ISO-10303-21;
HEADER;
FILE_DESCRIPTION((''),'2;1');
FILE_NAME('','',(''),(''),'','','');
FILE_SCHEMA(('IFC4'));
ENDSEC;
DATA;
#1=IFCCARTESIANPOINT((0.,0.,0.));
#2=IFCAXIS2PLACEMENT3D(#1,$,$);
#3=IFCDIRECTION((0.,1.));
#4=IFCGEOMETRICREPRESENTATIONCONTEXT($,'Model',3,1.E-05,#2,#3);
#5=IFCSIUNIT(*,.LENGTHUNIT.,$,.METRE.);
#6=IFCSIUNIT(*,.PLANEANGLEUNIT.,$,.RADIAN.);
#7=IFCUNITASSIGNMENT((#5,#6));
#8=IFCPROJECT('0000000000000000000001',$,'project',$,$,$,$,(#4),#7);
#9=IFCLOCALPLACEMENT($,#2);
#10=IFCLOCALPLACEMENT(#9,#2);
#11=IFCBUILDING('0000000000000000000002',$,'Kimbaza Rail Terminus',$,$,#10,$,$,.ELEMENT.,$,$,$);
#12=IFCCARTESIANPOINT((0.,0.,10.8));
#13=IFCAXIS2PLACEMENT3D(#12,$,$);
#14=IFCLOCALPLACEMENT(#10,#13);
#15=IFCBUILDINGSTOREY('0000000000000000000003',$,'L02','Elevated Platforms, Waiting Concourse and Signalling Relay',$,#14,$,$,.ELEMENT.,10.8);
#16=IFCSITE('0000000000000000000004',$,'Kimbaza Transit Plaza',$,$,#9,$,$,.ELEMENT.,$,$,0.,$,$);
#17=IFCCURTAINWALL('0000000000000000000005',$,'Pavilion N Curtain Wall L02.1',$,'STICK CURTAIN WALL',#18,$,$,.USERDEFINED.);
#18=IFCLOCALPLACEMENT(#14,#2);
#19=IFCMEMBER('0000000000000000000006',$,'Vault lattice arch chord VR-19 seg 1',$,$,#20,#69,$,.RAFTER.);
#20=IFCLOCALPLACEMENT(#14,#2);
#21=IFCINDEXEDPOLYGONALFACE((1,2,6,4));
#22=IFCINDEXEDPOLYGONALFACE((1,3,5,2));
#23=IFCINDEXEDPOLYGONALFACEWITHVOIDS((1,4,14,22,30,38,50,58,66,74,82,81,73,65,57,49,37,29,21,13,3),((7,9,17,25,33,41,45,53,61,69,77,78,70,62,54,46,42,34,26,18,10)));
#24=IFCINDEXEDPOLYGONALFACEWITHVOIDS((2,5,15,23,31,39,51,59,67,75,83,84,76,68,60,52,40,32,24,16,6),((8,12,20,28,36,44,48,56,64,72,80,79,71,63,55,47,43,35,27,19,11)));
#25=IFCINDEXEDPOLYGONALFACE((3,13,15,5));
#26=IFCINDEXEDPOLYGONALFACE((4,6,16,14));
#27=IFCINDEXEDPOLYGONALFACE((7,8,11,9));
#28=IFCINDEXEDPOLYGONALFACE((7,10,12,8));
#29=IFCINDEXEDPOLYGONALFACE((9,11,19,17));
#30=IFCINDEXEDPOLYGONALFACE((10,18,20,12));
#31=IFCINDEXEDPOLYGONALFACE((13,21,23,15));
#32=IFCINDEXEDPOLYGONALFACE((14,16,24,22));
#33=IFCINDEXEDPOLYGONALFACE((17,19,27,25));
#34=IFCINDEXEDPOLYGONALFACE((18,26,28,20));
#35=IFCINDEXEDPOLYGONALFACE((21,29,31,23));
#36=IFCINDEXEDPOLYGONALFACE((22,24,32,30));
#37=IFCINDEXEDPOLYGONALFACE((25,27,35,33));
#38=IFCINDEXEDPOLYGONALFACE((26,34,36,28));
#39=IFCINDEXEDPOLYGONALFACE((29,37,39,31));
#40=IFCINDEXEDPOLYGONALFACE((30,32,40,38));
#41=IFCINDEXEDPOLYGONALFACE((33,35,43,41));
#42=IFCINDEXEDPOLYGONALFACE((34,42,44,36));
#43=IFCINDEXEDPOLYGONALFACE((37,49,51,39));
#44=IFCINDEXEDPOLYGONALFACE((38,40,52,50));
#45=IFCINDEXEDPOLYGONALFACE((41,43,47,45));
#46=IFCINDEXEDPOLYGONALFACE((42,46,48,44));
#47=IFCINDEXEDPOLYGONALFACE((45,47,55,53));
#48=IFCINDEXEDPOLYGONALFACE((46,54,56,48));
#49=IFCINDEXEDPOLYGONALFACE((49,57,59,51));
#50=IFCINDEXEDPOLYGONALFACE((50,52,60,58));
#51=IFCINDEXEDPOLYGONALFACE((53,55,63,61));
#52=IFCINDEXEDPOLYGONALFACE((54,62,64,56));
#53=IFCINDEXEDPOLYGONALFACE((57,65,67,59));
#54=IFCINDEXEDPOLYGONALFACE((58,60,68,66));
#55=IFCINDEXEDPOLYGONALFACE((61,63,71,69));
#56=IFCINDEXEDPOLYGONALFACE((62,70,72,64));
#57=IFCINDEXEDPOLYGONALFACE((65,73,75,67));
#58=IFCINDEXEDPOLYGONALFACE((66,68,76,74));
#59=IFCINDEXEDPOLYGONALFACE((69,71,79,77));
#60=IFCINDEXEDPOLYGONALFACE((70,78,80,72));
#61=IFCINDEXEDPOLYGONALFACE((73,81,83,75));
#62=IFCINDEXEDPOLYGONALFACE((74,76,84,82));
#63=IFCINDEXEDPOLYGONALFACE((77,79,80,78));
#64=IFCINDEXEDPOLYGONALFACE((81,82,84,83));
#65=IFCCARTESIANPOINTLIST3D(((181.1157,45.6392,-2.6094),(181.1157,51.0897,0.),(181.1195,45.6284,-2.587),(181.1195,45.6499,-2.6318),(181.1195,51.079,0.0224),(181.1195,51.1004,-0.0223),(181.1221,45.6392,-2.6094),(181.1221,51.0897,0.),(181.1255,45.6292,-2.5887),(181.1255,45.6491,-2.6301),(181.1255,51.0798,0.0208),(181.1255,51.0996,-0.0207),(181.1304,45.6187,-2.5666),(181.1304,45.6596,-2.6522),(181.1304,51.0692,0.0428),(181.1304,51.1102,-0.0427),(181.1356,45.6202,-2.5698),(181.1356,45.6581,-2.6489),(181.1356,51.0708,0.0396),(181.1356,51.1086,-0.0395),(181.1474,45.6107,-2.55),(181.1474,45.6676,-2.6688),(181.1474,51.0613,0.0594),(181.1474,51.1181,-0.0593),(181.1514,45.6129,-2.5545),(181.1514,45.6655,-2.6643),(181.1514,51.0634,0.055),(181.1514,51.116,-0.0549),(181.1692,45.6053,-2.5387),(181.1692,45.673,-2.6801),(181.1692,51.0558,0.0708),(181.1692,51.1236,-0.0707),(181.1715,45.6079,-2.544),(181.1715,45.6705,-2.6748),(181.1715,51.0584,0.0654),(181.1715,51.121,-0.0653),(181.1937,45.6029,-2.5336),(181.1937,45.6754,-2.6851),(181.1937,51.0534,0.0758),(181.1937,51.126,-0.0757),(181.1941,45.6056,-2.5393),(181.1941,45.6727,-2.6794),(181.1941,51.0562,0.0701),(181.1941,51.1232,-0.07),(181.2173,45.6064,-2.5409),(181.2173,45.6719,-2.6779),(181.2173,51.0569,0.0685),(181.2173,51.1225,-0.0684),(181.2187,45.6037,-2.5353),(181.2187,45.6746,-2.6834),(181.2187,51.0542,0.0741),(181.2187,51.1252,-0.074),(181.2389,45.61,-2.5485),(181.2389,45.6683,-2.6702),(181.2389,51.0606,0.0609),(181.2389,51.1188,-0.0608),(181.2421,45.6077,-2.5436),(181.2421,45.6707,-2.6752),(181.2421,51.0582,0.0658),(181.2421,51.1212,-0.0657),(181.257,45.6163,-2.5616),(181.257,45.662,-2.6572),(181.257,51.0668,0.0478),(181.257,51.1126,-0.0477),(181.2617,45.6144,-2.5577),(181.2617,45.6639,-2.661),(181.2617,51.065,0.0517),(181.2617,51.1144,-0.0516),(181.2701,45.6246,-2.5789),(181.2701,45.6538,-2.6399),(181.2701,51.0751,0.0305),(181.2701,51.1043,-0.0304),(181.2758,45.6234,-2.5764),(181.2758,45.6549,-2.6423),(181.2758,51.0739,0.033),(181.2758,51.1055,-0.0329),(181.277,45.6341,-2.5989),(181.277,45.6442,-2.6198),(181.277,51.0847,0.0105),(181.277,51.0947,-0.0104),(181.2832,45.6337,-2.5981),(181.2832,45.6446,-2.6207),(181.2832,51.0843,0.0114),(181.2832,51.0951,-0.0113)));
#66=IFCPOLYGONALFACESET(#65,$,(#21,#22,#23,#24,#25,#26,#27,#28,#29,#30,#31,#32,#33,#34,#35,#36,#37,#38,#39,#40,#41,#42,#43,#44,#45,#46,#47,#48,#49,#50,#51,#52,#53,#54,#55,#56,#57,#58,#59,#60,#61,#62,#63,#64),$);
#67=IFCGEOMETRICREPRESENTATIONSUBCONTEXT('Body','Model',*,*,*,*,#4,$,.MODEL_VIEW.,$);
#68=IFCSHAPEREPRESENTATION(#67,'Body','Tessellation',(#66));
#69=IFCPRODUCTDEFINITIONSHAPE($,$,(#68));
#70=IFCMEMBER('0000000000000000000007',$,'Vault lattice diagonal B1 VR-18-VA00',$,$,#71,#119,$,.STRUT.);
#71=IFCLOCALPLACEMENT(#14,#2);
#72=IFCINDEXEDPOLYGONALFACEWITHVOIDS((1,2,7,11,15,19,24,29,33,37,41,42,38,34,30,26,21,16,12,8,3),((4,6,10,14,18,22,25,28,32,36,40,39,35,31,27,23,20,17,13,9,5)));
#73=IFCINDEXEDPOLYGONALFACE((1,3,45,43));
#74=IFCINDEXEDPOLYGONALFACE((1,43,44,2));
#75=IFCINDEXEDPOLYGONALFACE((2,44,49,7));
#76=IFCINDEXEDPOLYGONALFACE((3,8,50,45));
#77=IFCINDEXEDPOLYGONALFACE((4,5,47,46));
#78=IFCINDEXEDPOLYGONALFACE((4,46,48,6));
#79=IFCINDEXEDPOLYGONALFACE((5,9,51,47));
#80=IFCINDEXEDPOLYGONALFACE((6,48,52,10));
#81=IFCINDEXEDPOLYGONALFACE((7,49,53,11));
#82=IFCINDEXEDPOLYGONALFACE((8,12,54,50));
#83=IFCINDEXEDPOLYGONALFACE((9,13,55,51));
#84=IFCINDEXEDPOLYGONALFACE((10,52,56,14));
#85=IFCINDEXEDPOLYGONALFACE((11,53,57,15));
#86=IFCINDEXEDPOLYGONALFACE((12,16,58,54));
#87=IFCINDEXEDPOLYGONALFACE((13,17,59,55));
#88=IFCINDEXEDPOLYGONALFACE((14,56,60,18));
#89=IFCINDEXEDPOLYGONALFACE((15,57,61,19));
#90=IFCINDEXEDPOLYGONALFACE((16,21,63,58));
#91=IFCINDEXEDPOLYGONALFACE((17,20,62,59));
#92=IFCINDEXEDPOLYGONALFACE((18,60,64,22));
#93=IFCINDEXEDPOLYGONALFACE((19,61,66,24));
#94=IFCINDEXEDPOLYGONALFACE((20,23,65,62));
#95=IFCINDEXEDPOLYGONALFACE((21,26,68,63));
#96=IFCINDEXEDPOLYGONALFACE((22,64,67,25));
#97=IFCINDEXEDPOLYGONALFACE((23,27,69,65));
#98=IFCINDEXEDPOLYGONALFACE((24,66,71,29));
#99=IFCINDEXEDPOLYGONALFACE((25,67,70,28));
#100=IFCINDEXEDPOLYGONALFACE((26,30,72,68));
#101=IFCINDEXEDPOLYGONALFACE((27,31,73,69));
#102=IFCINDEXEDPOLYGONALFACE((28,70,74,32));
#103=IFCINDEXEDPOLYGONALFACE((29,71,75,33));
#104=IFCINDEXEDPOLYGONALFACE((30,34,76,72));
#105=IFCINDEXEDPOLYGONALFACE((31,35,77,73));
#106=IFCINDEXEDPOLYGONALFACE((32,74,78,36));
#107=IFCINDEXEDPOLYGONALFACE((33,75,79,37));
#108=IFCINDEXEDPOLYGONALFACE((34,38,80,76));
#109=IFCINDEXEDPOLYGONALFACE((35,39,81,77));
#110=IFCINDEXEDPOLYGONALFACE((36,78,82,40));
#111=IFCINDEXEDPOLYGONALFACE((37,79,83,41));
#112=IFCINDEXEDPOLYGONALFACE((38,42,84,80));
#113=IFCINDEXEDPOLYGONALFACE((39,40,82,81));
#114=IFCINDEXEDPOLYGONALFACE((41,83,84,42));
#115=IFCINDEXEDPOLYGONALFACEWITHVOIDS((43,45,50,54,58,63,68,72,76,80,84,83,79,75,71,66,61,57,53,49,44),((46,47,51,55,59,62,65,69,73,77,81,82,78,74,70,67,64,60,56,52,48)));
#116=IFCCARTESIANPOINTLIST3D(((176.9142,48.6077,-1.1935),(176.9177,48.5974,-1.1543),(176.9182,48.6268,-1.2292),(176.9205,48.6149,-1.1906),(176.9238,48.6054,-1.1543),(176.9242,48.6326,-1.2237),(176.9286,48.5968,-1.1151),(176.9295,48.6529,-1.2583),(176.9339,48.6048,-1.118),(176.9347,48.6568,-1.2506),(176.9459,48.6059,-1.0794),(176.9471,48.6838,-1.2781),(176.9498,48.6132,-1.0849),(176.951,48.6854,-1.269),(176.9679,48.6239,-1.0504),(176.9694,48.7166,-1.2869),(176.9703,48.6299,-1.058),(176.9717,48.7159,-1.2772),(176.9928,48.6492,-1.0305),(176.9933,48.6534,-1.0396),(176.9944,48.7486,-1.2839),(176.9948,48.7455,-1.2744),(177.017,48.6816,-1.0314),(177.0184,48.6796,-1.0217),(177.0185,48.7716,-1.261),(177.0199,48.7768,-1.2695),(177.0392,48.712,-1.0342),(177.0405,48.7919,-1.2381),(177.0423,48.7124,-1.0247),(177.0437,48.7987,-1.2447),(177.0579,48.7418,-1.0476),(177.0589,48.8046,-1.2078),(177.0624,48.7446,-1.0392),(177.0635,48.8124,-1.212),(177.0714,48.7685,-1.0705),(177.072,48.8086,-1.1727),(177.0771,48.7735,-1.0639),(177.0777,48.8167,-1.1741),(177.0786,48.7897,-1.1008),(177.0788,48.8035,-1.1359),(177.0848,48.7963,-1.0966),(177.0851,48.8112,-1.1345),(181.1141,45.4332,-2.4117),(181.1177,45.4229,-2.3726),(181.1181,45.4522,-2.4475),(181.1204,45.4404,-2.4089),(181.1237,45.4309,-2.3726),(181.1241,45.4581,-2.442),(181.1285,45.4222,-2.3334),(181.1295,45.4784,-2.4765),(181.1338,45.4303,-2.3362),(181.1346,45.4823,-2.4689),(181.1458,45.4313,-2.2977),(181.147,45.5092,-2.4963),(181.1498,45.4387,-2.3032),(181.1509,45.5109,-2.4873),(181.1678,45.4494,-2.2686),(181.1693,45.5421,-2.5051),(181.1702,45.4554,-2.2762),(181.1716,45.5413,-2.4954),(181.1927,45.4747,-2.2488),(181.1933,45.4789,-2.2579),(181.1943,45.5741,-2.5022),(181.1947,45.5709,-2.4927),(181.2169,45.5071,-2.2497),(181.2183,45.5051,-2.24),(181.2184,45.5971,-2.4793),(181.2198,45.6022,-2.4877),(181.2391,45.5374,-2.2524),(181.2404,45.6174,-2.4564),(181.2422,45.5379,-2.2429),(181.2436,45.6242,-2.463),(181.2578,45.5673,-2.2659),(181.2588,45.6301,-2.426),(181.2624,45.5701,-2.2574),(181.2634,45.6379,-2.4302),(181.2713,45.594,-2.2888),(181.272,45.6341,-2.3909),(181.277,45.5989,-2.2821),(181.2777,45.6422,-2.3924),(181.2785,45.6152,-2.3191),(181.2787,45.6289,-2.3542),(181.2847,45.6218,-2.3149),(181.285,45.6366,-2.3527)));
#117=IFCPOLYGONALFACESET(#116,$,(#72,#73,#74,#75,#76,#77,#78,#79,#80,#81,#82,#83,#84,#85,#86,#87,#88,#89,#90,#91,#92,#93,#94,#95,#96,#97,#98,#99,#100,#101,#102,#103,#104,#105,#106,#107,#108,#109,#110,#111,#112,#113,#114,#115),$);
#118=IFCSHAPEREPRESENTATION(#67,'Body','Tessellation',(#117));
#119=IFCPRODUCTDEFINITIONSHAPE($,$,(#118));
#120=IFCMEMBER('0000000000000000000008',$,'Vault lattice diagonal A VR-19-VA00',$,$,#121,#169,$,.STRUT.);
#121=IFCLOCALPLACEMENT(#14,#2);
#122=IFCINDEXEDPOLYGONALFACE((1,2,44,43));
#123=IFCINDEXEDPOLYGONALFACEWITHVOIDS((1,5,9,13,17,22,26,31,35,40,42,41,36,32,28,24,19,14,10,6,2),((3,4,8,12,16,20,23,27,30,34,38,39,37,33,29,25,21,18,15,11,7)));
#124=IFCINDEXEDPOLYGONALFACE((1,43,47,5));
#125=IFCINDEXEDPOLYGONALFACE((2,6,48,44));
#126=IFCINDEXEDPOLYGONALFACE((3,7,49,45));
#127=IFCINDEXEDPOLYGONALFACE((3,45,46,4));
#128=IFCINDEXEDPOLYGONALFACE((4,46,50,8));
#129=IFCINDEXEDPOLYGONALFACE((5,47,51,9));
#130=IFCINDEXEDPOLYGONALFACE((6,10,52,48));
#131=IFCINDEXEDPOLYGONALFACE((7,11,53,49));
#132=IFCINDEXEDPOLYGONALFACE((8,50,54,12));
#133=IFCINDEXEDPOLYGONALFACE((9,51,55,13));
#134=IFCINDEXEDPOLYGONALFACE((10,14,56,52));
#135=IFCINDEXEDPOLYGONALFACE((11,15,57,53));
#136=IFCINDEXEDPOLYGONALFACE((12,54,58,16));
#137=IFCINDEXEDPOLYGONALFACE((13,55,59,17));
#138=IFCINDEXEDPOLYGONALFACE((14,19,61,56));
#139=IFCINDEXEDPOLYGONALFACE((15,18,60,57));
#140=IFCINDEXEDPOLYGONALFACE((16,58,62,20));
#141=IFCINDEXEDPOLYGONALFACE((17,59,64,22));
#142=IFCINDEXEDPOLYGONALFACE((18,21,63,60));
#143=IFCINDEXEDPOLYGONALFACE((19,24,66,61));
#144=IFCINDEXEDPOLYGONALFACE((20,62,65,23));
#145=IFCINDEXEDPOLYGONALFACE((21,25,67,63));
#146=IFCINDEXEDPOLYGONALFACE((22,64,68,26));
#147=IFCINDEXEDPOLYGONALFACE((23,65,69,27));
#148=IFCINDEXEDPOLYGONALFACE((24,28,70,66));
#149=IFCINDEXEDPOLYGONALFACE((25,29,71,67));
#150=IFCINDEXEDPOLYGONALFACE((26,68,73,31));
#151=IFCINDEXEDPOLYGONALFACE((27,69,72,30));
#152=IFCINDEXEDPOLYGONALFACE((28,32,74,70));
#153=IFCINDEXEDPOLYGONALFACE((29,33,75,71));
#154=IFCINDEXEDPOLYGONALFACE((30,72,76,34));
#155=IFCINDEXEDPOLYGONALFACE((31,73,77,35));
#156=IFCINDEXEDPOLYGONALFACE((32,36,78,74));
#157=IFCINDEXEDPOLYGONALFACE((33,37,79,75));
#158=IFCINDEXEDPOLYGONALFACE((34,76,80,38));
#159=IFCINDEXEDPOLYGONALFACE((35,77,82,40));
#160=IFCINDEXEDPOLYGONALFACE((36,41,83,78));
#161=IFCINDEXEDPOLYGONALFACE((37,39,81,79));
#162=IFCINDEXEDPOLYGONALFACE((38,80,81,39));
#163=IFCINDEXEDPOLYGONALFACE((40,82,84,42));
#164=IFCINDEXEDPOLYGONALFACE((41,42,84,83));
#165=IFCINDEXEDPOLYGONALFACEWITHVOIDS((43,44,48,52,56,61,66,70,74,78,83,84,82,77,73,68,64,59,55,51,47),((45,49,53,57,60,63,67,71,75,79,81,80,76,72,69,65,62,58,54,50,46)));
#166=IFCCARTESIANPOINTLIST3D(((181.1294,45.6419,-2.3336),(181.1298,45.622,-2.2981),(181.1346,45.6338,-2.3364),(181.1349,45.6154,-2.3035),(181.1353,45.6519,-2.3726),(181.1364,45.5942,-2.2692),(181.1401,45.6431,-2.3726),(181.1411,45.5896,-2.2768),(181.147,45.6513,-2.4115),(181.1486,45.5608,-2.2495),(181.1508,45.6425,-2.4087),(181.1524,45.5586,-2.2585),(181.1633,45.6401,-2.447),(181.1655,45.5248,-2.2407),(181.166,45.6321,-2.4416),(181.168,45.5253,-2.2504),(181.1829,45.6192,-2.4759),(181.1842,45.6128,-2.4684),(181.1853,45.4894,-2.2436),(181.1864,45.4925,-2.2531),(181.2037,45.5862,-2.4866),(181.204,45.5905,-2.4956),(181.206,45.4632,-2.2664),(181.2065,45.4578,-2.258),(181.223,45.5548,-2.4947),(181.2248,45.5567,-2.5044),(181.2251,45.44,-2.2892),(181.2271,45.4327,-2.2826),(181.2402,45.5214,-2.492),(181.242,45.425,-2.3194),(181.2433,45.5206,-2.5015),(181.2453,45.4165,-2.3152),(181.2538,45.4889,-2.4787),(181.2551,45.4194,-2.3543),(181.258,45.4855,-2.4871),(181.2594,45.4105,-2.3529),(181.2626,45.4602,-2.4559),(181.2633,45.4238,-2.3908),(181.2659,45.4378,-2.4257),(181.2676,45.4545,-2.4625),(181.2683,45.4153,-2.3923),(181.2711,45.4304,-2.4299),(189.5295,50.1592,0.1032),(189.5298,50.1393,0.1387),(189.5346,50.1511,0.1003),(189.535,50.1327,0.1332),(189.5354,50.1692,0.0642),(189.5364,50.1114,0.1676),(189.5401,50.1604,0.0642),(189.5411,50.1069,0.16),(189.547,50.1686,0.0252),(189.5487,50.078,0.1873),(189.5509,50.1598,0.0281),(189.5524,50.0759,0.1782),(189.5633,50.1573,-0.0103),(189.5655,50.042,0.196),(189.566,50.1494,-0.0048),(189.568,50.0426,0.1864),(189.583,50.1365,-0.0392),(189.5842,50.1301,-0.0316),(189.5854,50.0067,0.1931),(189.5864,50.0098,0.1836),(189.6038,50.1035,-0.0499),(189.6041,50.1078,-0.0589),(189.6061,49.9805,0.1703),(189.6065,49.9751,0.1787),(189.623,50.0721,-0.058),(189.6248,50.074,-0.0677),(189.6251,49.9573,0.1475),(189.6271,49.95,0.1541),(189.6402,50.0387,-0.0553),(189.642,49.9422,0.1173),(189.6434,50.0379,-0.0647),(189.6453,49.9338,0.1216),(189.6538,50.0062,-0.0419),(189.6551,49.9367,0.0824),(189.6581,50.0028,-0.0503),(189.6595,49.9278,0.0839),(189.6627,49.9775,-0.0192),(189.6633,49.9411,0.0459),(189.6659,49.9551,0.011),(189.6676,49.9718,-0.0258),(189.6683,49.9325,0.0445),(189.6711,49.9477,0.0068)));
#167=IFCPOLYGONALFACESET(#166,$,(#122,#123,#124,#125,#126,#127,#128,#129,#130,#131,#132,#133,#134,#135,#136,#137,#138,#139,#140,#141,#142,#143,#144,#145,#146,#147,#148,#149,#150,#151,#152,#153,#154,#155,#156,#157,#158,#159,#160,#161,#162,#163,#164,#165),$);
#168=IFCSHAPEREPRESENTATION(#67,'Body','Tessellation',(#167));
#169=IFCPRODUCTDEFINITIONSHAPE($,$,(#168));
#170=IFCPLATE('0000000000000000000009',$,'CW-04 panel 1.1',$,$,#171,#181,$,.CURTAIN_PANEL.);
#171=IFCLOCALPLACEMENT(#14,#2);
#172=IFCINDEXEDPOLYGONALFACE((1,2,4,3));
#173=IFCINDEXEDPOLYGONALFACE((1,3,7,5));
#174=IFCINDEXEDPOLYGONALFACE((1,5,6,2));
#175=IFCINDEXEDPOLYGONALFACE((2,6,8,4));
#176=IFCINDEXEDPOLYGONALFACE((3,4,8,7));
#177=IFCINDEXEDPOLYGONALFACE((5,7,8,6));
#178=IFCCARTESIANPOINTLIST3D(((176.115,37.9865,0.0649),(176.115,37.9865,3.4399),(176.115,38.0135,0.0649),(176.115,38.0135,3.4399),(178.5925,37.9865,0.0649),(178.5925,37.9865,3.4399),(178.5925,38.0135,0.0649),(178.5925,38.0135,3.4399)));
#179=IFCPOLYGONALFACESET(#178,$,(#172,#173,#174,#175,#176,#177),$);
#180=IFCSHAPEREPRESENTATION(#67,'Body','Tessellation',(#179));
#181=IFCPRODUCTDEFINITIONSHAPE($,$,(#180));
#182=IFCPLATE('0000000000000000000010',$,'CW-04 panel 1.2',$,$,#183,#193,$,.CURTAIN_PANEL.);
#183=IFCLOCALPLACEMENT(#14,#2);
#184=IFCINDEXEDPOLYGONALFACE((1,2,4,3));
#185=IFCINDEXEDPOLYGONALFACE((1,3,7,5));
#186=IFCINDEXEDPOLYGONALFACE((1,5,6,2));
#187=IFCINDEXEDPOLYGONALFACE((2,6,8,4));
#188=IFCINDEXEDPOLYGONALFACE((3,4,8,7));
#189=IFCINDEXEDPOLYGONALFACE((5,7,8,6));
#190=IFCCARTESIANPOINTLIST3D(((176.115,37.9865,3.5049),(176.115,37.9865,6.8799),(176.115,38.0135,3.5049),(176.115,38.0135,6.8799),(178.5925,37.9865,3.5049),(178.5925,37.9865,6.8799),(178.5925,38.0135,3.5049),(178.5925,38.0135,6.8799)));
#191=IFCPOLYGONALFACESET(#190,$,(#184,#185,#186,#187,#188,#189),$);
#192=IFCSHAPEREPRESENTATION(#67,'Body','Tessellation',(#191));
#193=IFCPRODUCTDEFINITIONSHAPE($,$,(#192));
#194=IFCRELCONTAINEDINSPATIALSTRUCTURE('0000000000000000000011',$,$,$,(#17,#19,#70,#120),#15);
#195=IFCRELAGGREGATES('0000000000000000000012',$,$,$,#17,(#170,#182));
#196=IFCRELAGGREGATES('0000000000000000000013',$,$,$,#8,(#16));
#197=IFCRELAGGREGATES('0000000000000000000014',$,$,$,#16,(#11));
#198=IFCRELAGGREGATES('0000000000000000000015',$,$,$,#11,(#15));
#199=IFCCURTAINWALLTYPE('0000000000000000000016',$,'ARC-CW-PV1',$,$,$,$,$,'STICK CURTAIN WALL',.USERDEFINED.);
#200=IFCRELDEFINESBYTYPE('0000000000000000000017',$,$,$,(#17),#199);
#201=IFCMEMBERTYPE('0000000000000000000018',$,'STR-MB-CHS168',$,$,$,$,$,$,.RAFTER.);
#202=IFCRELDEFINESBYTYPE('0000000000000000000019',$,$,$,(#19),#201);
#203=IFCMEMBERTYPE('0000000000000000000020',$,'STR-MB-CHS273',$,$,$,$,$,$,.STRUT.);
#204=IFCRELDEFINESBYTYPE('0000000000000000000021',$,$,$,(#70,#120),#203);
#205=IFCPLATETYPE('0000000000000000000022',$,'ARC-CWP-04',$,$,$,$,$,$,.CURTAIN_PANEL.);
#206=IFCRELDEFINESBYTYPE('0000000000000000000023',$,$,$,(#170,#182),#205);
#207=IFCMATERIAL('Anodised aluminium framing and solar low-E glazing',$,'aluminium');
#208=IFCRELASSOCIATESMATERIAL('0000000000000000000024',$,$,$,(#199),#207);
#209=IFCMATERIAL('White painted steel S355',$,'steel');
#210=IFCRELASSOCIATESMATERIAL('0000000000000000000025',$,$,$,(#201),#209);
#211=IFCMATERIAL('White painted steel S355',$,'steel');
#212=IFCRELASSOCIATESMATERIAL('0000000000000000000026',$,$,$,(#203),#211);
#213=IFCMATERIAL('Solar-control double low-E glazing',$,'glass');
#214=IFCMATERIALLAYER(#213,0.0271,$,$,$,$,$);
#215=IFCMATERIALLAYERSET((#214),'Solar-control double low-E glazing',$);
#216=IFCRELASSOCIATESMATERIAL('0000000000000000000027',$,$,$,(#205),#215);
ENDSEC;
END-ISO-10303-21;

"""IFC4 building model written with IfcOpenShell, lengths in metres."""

from ifc_helpers import new_model, si_unit, direction, frame, origin, origin_2d, place, context, subcontext, project, spatial, rectangle, hollow_circle, extrude, material, layer, layer_set, material_profile, profile_set, type_object, element, aggregate, save


model = new_model("IFC4")

# Units and contexts
model_context = context("Model", 3, precision=1e-05, world=origin(), true_north=direction((0.0, 1.0)))
body_context = subcontext(model_context, "Body", "Model", "MODEL_VIEW")
ifc_project = project(units=[si_unit("LENGTHUNIT", "METRE"), si_unit("PLANEANGLEUNIT", "RADIAN")], contexts=[model_context])

# Site, building, storey
site_placement = place(None, origin())
site = spatial("IfcSite", under=ifc_project, at=site_placement, Name="Kimbaza Transit Plaza", CompositionType="ELEMENT", RefElevation=0.0)
building_placement = place(site_placement, origin())
building = spatial("IfcBuilding", under=site, at=building_placement, Name="Kimbaza Rail Terminus", CompositionType="ELEMENT")
storey_placement = place(building_placement, frame((0.0, 0.0, 10.8)))
storey = spatial("IfcBuildingStorey", under=building, at=storey_placement, Name="L02", Description="Elevated Platforms, Waiting Concourse and Signalling Relay", CompositionType="ELEMENT", Elevation=10.8)

# Curtain wall
ifc_material_1 = material(Name="Anodised aluminium framing and solar low-E glazing", Category="aluminium")
curtain_wall_type = type_object("IfcCurtainWallType", Name="ARC-CW-PV1", ElementType="STICK CURTAIN WALL", PredefinedType="USERDEFINED", material=ifc_material_1)
curtain_wall_placement = place(storey_placement, origin())
curtain_wall = element("IfcCurtainWall", 1, at=curtain_wall_placement, inside=storey, type_object=curtain_wall_type, Name="Pavilion N Curtain Wall L02.1", ObjectType="STICK CURTAIN WALL", PredefinedType="USERDEFINED")

# Members
ifc_material_2 = material(Name="White painted steel S355", Category="steel")
ifc_material_profile_1 = material_profile(ifc_material_2, hollow_circle(Radius=0.0842, WallThickness=0.0063, at=origin_2d()), Name="CHS 168.3x6.3")
ifc_profile_set_1 = profile_set([ifc_material_profile_1], Name="White painted steel S355")
member_type_1 = type_object("IfcMemberType", Name="STR-MB-CHS168", PredefinedType="RAFTER", material=ifc_profile_set_1)
member_1_placement = place(storey_placement, frame((181.2, 45.6392, -2.6094), z_axis=(0.0, 0.901964, 0.431811), x_axis=(-1.0, 0.0, 0.0)))
element("IfcMember", 2, at=member_1_placement, inside=storey, type_object=member_type_1, Name="Vault lattice arch chord VR-19 seg 1", PredefinedType="RAFTER", context=body_context, shape_type="SweptSolid", body=[
    extrude(hollow_circle(Radius=0.0842, WallThickness=0.0063, at=origin_2d()), origin(), (0.0, 0.0, 1.0), 6.043),
])
ifc_material_3 = material(Name="White painted steel S355", Category="steel")
ifc_material_profile_2 = material_profile(ifc_material_3, hollow_circle(Radius=0.1365, WallThickness=0.01, at=origin_2d()), Name="CHS 273x10")
ifc_profile_set_2 = profile_set([ifc_material_profile_2], Name="White painted steel S355")
member_type_2 = type_object("IfcMemberType", Name="STR-MB-CHS273", PredefinedType="STRUT", material=ifc_profile_set_2)
member_2_placement = place(storey_placement, frame((181.2, 45.5317, -2.3726), z_axis=(-0.777215, 0.587463, 0.225443), x_axis=(-0.602986, -0.797752, 0.0)))
element("IfcMember", 3, at=member_2_placement, inside=storey, type_object=member_type_2, Name="Vault lattice diagonal B1 VR-18-VA00", PredefinedType="STRUT", context=body_context, shape_type="SweptSolid", body=[
    extrude(hollow_circle(Radius=0.1365, WallThickness=0.01, at=origin_2d()), origin(), (0.0, 0.0, 1.0), 5.4038),
])
member_3_placement = place(storey_placement, frame((181.2, 45.5317, -2.3726), z_axis=(0.853317, 0.458887, 0.247535), x_axis=(-0.473627, 0.880726, 0.0)))
element("IfcMember", 4, at=member_3_placement, inside=storey, type_object=member_type_2, Name="Vault lattice diagonal A VR-19-VA00", PredefinedType="STRUT", context=body_context, shape_type="SweptSolid", body=[
    extrude(hollow_circle(Radius=0.1365, WallThickness=0.01, at=origin_2d()), origin(), (0.0, 0.0, 1.0), 9.844),
])

# Plates
ifc_material_4 = material(Name="Solar-control double low-E glazing", Category="glass")
ifc_layer_1 = layer(ifc_material_4, 0.0271)
ifc_layer_set_1 = layer_set([ifc_layer_1], Name="Solar-control double low-E glazing")
plate_type_1 = type_object("IfcPlateType", Name="ARC-CWP-04", PredefinedType="CURTAIN_PANEL", material=ifc_layer_set_1)
plate_1_placement = place(storey_placement, frame((177.3538, 38.0, 0.0649), z_axis=(0.0, 0.0, 1.0), x_axis=(1.0, 0.0, 0.0)))
plate_1 = element("IfcPlate", 5, at=plate_1_placement, type_object=plate_type_1, Name="CW-04 panel 1.1", PredefinedType="CURTAIN_PANEL", context=body_context, shape_type="SweptSolid", body=[
    extrude(rectangle(XDim=2.4775, YDim=0.0271, at=origin_2d()), origin(), (0.0, 0.0, 1.0), 3.375),
])
plate_2_placement = place(storey_placement, frame((177.3538, 38.0, 3.5049), z_axis=(0.0, 0.0, 1.0), x_axis=(1.0, 0.0, 0.0)))
plate_2 = element("IfcPlate", 6, at=plate_2_placement, type_object=plate_type_1, Name="CW-04 panel 1.2", PredefinedType="CURTAIN_PANEL", context=body_context, shape_type="SweptSolid", body=[
    extrude(rectangle(XDim=2.4775, YDim=0.0271, at=origin_2d()), origin(), (0.0, 0.0, 1.0), 3.375),
])
aggregate(curtain_wall, [plate_1, plate_2])

save(model, "model.ifc")
